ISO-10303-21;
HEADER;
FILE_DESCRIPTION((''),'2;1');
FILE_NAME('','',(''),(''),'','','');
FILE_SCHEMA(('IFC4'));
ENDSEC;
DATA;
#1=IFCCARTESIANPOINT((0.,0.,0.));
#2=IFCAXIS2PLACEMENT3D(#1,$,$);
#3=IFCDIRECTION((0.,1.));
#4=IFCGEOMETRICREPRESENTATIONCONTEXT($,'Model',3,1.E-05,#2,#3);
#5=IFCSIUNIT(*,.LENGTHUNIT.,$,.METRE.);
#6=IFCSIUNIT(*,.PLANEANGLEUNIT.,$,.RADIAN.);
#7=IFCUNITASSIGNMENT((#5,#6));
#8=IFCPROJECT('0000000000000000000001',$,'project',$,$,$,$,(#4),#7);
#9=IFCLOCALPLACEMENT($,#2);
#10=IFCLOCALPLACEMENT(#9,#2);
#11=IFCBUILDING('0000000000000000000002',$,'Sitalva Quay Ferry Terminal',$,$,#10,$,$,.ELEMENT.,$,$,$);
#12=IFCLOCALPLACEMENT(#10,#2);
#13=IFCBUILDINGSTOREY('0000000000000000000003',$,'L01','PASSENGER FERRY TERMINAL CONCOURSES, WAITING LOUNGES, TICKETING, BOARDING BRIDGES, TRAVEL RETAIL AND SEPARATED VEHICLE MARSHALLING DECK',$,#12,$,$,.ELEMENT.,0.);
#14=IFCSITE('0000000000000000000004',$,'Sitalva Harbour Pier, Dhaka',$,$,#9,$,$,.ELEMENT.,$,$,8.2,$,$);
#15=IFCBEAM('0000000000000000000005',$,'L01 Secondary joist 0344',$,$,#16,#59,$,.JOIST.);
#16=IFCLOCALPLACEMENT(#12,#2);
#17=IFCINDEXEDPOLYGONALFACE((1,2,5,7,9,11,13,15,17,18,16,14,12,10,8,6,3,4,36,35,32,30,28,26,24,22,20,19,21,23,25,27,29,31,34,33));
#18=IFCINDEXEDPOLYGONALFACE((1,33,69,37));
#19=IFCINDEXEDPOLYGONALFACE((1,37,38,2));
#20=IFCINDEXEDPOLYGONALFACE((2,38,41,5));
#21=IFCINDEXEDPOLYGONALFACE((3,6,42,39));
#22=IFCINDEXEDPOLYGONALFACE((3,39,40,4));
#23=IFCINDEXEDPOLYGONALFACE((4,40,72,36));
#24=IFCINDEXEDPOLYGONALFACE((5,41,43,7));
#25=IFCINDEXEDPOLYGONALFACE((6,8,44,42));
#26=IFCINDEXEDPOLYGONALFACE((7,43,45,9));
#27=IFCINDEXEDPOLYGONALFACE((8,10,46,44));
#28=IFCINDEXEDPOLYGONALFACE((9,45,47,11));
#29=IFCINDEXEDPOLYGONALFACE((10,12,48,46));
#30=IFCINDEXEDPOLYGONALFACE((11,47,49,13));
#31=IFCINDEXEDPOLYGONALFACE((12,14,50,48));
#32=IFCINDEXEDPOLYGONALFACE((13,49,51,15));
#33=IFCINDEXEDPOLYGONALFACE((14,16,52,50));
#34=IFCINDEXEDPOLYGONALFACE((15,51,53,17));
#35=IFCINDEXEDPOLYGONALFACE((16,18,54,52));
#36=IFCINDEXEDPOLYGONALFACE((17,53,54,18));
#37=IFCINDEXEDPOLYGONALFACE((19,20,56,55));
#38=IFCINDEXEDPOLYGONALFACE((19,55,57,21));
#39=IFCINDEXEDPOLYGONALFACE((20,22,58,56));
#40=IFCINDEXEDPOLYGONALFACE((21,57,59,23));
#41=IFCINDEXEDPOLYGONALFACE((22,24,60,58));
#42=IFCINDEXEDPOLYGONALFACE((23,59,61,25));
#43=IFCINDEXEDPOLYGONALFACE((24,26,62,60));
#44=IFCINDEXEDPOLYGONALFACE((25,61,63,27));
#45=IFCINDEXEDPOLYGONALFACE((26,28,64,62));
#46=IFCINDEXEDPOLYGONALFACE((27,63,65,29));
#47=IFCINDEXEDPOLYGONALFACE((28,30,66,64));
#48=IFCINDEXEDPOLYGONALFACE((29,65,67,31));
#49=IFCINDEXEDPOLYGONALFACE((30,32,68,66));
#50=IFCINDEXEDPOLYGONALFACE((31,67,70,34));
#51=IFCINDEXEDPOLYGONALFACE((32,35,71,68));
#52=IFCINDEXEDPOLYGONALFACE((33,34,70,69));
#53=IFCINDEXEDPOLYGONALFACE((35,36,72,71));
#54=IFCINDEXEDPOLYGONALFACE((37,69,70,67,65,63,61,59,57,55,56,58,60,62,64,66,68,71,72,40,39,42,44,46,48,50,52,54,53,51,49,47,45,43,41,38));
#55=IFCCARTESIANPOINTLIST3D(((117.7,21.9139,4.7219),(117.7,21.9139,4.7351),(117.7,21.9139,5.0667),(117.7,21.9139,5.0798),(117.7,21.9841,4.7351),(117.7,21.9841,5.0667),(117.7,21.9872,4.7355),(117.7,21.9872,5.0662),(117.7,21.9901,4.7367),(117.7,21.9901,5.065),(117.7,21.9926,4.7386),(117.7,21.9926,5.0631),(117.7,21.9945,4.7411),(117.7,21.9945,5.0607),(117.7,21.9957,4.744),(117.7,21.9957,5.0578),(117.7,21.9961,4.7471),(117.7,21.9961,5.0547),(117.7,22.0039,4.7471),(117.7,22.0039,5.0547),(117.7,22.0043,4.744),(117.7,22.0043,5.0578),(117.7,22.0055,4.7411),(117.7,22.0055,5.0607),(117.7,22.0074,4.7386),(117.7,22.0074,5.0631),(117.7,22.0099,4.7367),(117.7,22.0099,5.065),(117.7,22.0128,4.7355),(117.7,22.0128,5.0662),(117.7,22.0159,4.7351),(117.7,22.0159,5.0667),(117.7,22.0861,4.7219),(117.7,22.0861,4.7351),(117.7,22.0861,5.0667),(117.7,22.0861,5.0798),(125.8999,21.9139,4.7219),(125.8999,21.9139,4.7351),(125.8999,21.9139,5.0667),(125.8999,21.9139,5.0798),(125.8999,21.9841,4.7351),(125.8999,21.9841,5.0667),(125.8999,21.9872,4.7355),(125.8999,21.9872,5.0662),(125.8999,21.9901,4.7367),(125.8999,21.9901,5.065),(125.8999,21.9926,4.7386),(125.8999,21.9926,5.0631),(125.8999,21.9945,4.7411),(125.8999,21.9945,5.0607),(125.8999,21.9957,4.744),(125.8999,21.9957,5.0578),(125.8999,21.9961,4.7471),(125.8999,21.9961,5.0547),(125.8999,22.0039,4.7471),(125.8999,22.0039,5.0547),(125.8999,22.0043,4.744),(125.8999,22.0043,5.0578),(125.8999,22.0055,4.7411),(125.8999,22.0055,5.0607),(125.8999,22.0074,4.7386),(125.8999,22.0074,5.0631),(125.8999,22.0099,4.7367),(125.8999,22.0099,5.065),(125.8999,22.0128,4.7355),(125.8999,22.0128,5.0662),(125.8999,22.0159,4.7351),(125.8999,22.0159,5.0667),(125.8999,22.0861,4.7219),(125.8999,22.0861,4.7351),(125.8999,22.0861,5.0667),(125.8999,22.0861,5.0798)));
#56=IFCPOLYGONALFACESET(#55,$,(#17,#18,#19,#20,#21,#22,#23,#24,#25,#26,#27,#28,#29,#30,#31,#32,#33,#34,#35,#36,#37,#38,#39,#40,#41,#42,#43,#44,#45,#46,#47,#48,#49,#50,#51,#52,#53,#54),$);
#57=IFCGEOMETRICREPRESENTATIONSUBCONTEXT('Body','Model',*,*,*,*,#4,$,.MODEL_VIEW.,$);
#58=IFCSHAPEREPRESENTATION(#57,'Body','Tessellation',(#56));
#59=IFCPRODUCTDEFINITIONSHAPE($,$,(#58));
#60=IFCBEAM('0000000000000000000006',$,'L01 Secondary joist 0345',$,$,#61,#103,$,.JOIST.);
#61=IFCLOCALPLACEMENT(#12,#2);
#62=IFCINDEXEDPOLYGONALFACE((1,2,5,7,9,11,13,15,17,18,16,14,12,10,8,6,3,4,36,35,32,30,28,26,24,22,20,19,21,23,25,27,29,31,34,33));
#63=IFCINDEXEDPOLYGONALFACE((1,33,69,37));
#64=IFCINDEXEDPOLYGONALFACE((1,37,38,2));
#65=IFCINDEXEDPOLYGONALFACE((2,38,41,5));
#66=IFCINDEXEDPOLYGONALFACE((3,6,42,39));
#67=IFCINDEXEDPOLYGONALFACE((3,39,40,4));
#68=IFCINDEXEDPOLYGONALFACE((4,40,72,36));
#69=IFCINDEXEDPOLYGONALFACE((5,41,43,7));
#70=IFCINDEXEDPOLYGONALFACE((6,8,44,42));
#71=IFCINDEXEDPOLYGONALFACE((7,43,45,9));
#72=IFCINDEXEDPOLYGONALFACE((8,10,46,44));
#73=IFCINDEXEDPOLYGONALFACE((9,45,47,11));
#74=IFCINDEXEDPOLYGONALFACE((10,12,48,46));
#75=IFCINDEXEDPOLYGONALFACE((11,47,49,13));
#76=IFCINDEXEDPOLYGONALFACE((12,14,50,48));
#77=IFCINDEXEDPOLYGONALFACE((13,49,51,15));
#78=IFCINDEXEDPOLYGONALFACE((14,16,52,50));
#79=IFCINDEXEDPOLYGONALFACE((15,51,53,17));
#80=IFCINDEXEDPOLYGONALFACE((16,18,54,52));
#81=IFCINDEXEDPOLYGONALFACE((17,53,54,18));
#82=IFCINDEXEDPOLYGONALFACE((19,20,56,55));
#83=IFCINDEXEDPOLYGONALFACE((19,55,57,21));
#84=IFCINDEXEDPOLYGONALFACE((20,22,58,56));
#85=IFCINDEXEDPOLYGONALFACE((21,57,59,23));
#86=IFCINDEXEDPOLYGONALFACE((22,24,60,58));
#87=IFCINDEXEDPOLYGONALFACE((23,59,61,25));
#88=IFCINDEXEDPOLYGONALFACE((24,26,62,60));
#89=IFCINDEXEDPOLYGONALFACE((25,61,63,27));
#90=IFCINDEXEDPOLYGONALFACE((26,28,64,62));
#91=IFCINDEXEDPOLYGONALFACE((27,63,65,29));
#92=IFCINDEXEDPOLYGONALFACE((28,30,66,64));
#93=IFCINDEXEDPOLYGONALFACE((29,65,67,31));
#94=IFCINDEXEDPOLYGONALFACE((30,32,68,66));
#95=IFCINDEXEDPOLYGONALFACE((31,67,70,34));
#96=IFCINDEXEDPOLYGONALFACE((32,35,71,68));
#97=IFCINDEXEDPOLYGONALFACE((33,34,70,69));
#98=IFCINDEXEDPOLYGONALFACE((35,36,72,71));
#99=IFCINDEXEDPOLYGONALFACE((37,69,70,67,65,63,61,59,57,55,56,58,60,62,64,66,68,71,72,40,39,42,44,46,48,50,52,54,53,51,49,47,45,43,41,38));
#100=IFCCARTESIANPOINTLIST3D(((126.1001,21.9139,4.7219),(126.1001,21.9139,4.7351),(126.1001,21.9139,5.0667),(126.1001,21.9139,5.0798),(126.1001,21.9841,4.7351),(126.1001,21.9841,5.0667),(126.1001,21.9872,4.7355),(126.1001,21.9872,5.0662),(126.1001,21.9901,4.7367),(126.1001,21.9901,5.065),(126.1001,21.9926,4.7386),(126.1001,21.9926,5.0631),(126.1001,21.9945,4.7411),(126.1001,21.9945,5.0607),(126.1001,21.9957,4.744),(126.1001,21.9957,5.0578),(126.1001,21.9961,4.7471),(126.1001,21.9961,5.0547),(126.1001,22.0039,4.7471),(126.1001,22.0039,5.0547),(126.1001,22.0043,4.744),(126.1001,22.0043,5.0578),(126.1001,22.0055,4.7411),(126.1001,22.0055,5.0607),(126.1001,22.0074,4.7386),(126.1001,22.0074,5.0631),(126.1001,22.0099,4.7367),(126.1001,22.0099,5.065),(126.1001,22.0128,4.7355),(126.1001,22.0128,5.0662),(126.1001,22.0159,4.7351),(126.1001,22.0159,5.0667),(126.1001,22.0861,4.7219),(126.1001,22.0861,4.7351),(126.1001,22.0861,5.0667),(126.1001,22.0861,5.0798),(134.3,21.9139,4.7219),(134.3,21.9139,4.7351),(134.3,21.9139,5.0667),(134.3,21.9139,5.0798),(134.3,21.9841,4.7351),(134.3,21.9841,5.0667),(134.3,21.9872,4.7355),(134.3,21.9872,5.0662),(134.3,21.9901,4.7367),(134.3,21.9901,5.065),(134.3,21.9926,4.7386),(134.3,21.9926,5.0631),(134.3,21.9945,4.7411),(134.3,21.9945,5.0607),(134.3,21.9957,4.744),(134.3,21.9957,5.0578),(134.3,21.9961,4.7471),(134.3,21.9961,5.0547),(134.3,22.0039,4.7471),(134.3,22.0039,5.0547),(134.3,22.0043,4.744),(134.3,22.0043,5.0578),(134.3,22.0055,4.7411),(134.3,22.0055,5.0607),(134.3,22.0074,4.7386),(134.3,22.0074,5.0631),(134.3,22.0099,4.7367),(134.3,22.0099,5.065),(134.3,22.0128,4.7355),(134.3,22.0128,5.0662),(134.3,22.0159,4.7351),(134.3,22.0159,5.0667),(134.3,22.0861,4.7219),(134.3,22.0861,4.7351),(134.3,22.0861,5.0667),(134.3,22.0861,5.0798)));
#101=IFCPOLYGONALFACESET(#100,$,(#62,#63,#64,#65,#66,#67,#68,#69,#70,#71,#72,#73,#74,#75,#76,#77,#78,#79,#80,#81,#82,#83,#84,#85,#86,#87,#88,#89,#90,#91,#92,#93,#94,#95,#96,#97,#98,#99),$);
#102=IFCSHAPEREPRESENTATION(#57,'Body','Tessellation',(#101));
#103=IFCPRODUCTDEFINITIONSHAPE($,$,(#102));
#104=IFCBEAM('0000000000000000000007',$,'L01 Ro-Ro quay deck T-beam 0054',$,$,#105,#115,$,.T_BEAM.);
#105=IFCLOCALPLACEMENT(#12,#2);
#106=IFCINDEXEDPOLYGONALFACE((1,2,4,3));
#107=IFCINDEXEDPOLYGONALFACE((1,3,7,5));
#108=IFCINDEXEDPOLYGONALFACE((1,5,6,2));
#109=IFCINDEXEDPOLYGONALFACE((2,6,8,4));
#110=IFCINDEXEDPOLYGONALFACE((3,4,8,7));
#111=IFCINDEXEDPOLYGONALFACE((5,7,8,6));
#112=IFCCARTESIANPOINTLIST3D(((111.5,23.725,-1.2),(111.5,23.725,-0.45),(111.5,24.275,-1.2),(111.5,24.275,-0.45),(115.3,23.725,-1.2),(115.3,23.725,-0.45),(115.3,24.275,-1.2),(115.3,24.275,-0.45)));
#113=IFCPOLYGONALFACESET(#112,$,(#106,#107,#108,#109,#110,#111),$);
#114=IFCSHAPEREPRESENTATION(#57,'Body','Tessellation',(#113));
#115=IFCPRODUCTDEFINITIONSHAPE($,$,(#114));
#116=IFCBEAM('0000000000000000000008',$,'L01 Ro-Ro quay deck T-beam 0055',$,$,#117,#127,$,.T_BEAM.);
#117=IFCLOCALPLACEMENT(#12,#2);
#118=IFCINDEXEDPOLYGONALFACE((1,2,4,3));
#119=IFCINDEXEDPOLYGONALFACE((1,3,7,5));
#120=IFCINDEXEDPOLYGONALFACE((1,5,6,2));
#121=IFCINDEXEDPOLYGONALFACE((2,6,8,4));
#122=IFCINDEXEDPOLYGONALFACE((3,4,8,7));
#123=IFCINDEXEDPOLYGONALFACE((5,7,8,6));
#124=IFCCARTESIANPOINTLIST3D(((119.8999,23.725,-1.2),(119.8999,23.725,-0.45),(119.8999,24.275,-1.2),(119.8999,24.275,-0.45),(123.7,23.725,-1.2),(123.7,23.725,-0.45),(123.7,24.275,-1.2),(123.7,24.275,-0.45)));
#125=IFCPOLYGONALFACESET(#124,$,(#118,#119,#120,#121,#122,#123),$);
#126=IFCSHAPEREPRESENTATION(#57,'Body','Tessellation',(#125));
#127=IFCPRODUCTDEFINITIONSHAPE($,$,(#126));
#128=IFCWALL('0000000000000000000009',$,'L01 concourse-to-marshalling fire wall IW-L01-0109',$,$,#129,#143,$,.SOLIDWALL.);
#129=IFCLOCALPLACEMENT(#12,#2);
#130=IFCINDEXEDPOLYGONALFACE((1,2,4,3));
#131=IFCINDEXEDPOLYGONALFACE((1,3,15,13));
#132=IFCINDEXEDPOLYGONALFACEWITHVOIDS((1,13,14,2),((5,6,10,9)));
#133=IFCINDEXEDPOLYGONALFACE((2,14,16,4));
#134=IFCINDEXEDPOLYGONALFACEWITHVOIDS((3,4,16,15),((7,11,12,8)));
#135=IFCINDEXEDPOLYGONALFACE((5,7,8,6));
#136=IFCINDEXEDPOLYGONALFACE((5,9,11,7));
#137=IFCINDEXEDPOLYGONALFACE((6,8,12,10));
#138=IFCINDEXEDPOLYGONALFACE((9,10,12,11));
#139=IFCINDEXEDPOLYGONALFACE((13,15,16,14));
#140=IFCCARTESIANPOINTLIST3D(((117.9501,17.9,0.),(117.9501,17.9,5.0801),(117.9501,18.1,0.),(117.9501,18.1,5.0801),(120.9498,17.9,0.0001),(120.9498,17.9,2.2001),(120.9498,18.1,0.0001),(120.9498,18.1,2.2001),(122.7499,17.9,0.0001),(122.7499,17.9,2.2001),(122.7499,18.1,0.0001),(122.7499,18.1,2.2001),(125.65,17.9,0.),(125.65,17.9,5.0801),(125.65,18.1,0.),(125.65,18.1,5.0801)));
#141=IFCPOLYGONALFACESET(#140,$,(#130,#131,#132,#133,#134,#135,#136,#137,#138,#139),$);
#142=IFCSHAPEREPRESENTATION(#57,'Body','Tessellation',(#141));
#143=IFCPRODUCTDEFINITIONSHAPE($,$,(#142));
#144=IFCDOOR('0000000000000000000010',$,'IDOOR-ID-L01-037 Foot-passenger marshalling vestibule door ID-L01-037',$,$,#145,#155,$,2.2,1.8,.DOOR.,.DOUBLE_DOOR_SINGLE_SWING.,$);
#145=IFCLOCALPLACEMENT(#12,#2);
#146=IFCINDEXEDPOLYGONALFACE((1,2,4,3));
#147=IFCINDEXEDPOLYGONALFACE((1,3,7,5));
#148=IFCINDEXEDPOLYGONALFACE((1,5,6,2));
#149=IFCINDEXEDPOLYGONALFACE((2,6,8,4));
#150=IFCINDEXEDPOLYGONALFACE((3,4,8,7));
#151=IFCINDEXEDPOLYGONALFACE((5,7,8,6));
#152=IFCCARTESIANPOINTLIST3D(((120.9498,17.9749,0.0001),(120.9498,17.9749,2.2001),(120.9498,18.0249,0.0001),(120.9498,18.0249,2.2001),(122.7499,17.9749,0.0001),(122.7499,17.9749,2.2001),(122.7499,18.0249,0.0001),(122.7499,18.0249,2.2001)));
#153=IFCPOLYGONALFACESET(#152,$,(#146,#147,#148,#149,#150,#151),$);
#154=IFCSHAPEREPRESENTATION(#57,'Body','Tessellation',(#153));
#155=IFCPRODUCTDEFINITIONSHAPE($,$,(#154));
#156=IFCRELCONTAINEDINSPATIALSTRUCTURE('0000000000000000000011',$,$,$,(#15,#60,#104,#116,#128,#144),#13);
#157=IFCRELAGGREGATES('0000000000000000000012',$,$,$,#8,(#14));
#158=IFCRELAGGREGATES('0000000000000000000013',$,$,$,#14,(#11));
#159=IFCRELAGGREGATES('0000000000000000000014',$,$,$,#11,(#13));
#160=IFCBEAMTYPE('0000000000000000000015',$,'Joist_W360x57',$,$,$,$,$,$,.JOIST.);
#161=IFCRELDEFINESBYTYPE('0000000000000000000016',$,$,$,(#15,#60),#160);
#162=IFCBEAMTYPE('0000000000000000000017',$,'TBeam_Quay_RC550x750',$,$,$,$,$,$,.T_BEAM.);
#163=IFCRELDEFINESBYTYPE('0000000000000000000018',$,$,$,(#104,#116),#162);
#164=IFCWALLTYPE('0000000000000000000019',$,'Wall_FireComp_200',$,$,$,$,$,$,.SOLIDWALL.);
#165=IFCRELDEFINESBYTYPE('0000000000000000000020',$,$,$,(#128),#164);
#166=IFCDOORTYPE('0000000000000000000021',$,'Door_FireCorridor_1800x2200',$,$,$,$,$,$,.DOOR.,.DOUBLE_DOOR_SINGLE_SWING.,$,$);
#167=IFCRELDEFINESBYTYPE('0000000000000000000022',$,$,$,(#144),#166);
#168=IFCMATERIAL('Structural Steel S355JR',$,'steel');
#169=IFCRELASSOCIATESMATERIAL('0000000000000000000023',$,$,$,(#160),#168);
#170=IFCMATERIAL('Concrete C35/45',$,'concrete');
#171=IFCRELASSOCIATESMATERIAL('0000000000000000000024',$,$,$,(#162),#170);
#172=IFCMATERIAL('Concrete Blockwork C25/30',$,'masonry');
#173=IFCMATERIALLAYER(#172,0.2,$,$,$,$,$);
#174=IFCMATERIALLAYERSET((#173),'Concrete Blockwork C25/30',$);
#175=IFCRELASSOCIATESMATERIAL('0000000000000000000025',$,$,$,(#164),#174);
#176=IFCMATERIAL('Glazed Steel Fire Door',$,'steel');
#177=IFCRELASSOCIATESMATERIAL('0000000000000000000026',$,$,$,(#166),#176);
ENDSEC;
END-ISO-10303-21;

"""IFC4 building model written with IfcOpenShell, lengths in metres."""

from ifc_helpers import new_model, si_unit, direction, frame, frame_2d, origin, origin_2d, place, context, subcontext, project, spatial, rectangle, i_section, extrude, material, layer, layer_set, material_profile, profile_set, type_object, element, fill, save


model = new_model("IFC4")

# Units and contexts
model_context = context("Model", 3, precision=1e-05, world=origin(), true_north=direction((0.0, 1.0)))
body_context = subcontext(model_context, "Body", "Model", "MODEL_VIEW")
ifc_project = project(units=[si_unit("LENGTHUNIT", "METRE"), si_unit("PLANEANGLEUNIT", "RADIAN")], contexts=[model_context])

# Site, building, storey
site_placement = place(None, origin())
site = spatial("IfcSite", under=ifc_project, at=site_placement, Name="Sitalva Harbour Pier, Dhaka", CompositionType="ELEMENT", RefElevation=8.2)
building_placement = place(site_placement, origin())
building = spatial("IfcBuilding", under=site, at=building_placement, Name="Sitalva Quay Ferry Terminal", CompositionType="ELEMENT")
storey_placement = place(building_placement, origin())
storey = spatial("IfcBuildingStorey", under=building, at=storey_placement, Name="L01", Description="PASSENGER FERRY TERMINAL CONCOURSES, WAITING LOUNGES, TICKETING, BOARDING BRIDGES, TRAVEL RETAIL AND SEPARATED VEHICLE MARSHALLING DECK", CompositionType="ELEMENT", Elevation=0.0)

# Beams
ifc_material_1 = material(Name="Structural Steel S355JR", Category="steel")
ifc_material_profile_1 = material_profile(ifc_material_1, i_section(OverallWidth=0.1721, OverallDepth=0.3579, WebThickness=0.0078, FlangeThickness=0.0132, FilletRadius=0.012, at=origin_2d()), Name="W360x57")
ifc_profile_set_1 = profile_set([ifc_material_profile_1], Name="Structural Steel S355JR")
beam_type_1 = type_object("IfcBeamType", Name="Joist_W360x57", PredefinedType="JOIST", material=ifc_profile_set_1)
for number, where, z_axis, x_axis, name in (
    (1, (117.7, 22.0, 4.9009), (1.0, 0.0, 0.0), (0.0, 1.0, 0.0), "L01 Secondary joist 0344"),
    (2, (126.1001, 22.0, 4.9009), (1.0, 0.0, 0.0), (0.0, 1.0, 0.0), "L01 Secondary joist 0345"),
):
    element("IfcBeam", number, at=place(storey_placement, frame(where, z_axis=z_axis, x_axis=x_axis)), inside=storey, type_object=beam_type_1, Name=name, PredefinedType="JOIST", context=body_context, shape_type="SweptSolid", body=[
        extrude(i_section(OverallWidth=0.1721, OverallDepth=0.3579, WebThickness=0.0078, FlangeThickness=0.0132, FilletRadius=0.012, at=origin_2d()), origin(), (0.0, 0.0, 1.0), 8.2),
    ])
ifc_material_2 = material(Name="Concrete C35/45", Category="concrete")
ifc_material_profile_2 = material_profile(ifc_material_2, rectangle(XDim=0.55, YDim=0.75, at=origin_2d()), Name="RC550x750")
ifc_profile_set_2 = profile_set([ifc_material_profile_2], Name="Concrete C35/45")
beam_type_2 = type_object("IfcBeamType", Name="TBeam_Quay_RC550x750", PredefinedType="T_BEAM", material=ifc_profile_set_2)
for number, where, z_axis, x_axis, name in (
    (3, (111.5, 24.0, -0.825), (1.0, 0.0, 0.0), (0.0, 1.0, 0.0), "L01 Ro-Ro quay deck T-beam 0054"),
    (4, (119.8999, 24.0, -0.825), (1.0, 0.0, 0.0), (0.0, 1.0, 0.0), "L01 Ro-Ro quay deck T-beam 0055"),
):
    element("IfcBeam", number, at=place(storey_placement, frame(where, z_axis=z_axis, x_axis=x_axis)), inside=storey, type_object=beam_type_2, Name=name, PredefinedType="T_BEAM", context=body_context, shape_type="SweptSolid", body=[
        extrude(rectangle(XDim=0.55, YDim=0.75, at=origin_2d()), origin(), (0.0, 0.0, 1.0), 3.8),
    ])

# Wall, opening, door
ifc_material_3 = material(Name="Concrete Blockwork C25/30", Category="masonry")
ifc_layer = layer(ifc_material_3, 0.2)
ifc_layer_set = layer_set([ifc_layer], Name="Concrete Blockwork C25/30")
wall_type = type_object("IfcWallType", Name="Wall_FireComp_200", PredefinedType="SOLIDWALL", material=ifc_layer_set)
wall_placement = place(storey_placement, frame((117.95, 18.0, 0.0), z_axis=(0.0, 0.0, 1.0), x_axis=(1.0, 0.0, 0.0)))
wall = element("IfcWall", 5, at=wall_placement, inside=storey, type_object=wall_type, Name="L01 concourse-to-marshalling fire wall IW-L01-0109", PredefinedType="SOLIDWALL", context=body_context, shape_type="SweptSolid", body=[
    extrude(rectangle(XDim=7.7, YDim=0.2, at=frame_2d((3.8501, 0.0))), origin(), (0.0, 0.0, 1.0), 5.0801),
])
opening_placement = place(wall_placement, frame((3.0, 0.0, 0.0)))
opening = element("IfcOpeningElement", 6, at=opening_placement, cuts=wall, PredefinedType="OPENING", context=body_context, shape_type="SweptSolid", body=[
    extrude(rectangle(XDim=1.8, YDim=2.2, at=frame_2d((0.8999, 1.1001))), frame((0.0, 0.1099, 0.0), z_axis=(0.0, -1.0, 0.0), x_axis=(1.0, 0.0, 0.0)), (0.0, 0.0, 1.0), 0.22),
])
ifc_material_4 = material(Name="Glazed Steel Fire Door", Category="steel")
door_type = type_object("IfcDoorType", Name="Door_FireCorridor_1800x2200", OperationType="DOUBLE_DOOR_SINGLE_SWING", PredefinedType="DOOR", material=ifc_material_4)
door_placement = place(opening_placement, origin())
door = element("IfcDoor", 7, at=door_placement, inside=storey, type_object=door_type, Name="IDOOR-ID-L01-037 Foot-passenger marshalling vestibule door ID-L01-037", OperationType="DOUBLE_DOOR_SINGLE_SWING", OverallHeight=2.2, OverallWidth=1.8, PredefinedType="DOOR", context=body_context, shape_type="SweptSolid", body=[
    extrude(rectangle(XDim=1.8, YDim=2.2, at=frame_2d((0.8999, 1.1001))), frame((0.0, 0.0249, 0.0), z_axis=(0.0, -1.0, 0.0), x_axis=(1.0, 0.0, 0.0)), (0.0, 0.0, 1.0), 0.05),
])
fill(opening, door)

save(model, "model.ifc")
